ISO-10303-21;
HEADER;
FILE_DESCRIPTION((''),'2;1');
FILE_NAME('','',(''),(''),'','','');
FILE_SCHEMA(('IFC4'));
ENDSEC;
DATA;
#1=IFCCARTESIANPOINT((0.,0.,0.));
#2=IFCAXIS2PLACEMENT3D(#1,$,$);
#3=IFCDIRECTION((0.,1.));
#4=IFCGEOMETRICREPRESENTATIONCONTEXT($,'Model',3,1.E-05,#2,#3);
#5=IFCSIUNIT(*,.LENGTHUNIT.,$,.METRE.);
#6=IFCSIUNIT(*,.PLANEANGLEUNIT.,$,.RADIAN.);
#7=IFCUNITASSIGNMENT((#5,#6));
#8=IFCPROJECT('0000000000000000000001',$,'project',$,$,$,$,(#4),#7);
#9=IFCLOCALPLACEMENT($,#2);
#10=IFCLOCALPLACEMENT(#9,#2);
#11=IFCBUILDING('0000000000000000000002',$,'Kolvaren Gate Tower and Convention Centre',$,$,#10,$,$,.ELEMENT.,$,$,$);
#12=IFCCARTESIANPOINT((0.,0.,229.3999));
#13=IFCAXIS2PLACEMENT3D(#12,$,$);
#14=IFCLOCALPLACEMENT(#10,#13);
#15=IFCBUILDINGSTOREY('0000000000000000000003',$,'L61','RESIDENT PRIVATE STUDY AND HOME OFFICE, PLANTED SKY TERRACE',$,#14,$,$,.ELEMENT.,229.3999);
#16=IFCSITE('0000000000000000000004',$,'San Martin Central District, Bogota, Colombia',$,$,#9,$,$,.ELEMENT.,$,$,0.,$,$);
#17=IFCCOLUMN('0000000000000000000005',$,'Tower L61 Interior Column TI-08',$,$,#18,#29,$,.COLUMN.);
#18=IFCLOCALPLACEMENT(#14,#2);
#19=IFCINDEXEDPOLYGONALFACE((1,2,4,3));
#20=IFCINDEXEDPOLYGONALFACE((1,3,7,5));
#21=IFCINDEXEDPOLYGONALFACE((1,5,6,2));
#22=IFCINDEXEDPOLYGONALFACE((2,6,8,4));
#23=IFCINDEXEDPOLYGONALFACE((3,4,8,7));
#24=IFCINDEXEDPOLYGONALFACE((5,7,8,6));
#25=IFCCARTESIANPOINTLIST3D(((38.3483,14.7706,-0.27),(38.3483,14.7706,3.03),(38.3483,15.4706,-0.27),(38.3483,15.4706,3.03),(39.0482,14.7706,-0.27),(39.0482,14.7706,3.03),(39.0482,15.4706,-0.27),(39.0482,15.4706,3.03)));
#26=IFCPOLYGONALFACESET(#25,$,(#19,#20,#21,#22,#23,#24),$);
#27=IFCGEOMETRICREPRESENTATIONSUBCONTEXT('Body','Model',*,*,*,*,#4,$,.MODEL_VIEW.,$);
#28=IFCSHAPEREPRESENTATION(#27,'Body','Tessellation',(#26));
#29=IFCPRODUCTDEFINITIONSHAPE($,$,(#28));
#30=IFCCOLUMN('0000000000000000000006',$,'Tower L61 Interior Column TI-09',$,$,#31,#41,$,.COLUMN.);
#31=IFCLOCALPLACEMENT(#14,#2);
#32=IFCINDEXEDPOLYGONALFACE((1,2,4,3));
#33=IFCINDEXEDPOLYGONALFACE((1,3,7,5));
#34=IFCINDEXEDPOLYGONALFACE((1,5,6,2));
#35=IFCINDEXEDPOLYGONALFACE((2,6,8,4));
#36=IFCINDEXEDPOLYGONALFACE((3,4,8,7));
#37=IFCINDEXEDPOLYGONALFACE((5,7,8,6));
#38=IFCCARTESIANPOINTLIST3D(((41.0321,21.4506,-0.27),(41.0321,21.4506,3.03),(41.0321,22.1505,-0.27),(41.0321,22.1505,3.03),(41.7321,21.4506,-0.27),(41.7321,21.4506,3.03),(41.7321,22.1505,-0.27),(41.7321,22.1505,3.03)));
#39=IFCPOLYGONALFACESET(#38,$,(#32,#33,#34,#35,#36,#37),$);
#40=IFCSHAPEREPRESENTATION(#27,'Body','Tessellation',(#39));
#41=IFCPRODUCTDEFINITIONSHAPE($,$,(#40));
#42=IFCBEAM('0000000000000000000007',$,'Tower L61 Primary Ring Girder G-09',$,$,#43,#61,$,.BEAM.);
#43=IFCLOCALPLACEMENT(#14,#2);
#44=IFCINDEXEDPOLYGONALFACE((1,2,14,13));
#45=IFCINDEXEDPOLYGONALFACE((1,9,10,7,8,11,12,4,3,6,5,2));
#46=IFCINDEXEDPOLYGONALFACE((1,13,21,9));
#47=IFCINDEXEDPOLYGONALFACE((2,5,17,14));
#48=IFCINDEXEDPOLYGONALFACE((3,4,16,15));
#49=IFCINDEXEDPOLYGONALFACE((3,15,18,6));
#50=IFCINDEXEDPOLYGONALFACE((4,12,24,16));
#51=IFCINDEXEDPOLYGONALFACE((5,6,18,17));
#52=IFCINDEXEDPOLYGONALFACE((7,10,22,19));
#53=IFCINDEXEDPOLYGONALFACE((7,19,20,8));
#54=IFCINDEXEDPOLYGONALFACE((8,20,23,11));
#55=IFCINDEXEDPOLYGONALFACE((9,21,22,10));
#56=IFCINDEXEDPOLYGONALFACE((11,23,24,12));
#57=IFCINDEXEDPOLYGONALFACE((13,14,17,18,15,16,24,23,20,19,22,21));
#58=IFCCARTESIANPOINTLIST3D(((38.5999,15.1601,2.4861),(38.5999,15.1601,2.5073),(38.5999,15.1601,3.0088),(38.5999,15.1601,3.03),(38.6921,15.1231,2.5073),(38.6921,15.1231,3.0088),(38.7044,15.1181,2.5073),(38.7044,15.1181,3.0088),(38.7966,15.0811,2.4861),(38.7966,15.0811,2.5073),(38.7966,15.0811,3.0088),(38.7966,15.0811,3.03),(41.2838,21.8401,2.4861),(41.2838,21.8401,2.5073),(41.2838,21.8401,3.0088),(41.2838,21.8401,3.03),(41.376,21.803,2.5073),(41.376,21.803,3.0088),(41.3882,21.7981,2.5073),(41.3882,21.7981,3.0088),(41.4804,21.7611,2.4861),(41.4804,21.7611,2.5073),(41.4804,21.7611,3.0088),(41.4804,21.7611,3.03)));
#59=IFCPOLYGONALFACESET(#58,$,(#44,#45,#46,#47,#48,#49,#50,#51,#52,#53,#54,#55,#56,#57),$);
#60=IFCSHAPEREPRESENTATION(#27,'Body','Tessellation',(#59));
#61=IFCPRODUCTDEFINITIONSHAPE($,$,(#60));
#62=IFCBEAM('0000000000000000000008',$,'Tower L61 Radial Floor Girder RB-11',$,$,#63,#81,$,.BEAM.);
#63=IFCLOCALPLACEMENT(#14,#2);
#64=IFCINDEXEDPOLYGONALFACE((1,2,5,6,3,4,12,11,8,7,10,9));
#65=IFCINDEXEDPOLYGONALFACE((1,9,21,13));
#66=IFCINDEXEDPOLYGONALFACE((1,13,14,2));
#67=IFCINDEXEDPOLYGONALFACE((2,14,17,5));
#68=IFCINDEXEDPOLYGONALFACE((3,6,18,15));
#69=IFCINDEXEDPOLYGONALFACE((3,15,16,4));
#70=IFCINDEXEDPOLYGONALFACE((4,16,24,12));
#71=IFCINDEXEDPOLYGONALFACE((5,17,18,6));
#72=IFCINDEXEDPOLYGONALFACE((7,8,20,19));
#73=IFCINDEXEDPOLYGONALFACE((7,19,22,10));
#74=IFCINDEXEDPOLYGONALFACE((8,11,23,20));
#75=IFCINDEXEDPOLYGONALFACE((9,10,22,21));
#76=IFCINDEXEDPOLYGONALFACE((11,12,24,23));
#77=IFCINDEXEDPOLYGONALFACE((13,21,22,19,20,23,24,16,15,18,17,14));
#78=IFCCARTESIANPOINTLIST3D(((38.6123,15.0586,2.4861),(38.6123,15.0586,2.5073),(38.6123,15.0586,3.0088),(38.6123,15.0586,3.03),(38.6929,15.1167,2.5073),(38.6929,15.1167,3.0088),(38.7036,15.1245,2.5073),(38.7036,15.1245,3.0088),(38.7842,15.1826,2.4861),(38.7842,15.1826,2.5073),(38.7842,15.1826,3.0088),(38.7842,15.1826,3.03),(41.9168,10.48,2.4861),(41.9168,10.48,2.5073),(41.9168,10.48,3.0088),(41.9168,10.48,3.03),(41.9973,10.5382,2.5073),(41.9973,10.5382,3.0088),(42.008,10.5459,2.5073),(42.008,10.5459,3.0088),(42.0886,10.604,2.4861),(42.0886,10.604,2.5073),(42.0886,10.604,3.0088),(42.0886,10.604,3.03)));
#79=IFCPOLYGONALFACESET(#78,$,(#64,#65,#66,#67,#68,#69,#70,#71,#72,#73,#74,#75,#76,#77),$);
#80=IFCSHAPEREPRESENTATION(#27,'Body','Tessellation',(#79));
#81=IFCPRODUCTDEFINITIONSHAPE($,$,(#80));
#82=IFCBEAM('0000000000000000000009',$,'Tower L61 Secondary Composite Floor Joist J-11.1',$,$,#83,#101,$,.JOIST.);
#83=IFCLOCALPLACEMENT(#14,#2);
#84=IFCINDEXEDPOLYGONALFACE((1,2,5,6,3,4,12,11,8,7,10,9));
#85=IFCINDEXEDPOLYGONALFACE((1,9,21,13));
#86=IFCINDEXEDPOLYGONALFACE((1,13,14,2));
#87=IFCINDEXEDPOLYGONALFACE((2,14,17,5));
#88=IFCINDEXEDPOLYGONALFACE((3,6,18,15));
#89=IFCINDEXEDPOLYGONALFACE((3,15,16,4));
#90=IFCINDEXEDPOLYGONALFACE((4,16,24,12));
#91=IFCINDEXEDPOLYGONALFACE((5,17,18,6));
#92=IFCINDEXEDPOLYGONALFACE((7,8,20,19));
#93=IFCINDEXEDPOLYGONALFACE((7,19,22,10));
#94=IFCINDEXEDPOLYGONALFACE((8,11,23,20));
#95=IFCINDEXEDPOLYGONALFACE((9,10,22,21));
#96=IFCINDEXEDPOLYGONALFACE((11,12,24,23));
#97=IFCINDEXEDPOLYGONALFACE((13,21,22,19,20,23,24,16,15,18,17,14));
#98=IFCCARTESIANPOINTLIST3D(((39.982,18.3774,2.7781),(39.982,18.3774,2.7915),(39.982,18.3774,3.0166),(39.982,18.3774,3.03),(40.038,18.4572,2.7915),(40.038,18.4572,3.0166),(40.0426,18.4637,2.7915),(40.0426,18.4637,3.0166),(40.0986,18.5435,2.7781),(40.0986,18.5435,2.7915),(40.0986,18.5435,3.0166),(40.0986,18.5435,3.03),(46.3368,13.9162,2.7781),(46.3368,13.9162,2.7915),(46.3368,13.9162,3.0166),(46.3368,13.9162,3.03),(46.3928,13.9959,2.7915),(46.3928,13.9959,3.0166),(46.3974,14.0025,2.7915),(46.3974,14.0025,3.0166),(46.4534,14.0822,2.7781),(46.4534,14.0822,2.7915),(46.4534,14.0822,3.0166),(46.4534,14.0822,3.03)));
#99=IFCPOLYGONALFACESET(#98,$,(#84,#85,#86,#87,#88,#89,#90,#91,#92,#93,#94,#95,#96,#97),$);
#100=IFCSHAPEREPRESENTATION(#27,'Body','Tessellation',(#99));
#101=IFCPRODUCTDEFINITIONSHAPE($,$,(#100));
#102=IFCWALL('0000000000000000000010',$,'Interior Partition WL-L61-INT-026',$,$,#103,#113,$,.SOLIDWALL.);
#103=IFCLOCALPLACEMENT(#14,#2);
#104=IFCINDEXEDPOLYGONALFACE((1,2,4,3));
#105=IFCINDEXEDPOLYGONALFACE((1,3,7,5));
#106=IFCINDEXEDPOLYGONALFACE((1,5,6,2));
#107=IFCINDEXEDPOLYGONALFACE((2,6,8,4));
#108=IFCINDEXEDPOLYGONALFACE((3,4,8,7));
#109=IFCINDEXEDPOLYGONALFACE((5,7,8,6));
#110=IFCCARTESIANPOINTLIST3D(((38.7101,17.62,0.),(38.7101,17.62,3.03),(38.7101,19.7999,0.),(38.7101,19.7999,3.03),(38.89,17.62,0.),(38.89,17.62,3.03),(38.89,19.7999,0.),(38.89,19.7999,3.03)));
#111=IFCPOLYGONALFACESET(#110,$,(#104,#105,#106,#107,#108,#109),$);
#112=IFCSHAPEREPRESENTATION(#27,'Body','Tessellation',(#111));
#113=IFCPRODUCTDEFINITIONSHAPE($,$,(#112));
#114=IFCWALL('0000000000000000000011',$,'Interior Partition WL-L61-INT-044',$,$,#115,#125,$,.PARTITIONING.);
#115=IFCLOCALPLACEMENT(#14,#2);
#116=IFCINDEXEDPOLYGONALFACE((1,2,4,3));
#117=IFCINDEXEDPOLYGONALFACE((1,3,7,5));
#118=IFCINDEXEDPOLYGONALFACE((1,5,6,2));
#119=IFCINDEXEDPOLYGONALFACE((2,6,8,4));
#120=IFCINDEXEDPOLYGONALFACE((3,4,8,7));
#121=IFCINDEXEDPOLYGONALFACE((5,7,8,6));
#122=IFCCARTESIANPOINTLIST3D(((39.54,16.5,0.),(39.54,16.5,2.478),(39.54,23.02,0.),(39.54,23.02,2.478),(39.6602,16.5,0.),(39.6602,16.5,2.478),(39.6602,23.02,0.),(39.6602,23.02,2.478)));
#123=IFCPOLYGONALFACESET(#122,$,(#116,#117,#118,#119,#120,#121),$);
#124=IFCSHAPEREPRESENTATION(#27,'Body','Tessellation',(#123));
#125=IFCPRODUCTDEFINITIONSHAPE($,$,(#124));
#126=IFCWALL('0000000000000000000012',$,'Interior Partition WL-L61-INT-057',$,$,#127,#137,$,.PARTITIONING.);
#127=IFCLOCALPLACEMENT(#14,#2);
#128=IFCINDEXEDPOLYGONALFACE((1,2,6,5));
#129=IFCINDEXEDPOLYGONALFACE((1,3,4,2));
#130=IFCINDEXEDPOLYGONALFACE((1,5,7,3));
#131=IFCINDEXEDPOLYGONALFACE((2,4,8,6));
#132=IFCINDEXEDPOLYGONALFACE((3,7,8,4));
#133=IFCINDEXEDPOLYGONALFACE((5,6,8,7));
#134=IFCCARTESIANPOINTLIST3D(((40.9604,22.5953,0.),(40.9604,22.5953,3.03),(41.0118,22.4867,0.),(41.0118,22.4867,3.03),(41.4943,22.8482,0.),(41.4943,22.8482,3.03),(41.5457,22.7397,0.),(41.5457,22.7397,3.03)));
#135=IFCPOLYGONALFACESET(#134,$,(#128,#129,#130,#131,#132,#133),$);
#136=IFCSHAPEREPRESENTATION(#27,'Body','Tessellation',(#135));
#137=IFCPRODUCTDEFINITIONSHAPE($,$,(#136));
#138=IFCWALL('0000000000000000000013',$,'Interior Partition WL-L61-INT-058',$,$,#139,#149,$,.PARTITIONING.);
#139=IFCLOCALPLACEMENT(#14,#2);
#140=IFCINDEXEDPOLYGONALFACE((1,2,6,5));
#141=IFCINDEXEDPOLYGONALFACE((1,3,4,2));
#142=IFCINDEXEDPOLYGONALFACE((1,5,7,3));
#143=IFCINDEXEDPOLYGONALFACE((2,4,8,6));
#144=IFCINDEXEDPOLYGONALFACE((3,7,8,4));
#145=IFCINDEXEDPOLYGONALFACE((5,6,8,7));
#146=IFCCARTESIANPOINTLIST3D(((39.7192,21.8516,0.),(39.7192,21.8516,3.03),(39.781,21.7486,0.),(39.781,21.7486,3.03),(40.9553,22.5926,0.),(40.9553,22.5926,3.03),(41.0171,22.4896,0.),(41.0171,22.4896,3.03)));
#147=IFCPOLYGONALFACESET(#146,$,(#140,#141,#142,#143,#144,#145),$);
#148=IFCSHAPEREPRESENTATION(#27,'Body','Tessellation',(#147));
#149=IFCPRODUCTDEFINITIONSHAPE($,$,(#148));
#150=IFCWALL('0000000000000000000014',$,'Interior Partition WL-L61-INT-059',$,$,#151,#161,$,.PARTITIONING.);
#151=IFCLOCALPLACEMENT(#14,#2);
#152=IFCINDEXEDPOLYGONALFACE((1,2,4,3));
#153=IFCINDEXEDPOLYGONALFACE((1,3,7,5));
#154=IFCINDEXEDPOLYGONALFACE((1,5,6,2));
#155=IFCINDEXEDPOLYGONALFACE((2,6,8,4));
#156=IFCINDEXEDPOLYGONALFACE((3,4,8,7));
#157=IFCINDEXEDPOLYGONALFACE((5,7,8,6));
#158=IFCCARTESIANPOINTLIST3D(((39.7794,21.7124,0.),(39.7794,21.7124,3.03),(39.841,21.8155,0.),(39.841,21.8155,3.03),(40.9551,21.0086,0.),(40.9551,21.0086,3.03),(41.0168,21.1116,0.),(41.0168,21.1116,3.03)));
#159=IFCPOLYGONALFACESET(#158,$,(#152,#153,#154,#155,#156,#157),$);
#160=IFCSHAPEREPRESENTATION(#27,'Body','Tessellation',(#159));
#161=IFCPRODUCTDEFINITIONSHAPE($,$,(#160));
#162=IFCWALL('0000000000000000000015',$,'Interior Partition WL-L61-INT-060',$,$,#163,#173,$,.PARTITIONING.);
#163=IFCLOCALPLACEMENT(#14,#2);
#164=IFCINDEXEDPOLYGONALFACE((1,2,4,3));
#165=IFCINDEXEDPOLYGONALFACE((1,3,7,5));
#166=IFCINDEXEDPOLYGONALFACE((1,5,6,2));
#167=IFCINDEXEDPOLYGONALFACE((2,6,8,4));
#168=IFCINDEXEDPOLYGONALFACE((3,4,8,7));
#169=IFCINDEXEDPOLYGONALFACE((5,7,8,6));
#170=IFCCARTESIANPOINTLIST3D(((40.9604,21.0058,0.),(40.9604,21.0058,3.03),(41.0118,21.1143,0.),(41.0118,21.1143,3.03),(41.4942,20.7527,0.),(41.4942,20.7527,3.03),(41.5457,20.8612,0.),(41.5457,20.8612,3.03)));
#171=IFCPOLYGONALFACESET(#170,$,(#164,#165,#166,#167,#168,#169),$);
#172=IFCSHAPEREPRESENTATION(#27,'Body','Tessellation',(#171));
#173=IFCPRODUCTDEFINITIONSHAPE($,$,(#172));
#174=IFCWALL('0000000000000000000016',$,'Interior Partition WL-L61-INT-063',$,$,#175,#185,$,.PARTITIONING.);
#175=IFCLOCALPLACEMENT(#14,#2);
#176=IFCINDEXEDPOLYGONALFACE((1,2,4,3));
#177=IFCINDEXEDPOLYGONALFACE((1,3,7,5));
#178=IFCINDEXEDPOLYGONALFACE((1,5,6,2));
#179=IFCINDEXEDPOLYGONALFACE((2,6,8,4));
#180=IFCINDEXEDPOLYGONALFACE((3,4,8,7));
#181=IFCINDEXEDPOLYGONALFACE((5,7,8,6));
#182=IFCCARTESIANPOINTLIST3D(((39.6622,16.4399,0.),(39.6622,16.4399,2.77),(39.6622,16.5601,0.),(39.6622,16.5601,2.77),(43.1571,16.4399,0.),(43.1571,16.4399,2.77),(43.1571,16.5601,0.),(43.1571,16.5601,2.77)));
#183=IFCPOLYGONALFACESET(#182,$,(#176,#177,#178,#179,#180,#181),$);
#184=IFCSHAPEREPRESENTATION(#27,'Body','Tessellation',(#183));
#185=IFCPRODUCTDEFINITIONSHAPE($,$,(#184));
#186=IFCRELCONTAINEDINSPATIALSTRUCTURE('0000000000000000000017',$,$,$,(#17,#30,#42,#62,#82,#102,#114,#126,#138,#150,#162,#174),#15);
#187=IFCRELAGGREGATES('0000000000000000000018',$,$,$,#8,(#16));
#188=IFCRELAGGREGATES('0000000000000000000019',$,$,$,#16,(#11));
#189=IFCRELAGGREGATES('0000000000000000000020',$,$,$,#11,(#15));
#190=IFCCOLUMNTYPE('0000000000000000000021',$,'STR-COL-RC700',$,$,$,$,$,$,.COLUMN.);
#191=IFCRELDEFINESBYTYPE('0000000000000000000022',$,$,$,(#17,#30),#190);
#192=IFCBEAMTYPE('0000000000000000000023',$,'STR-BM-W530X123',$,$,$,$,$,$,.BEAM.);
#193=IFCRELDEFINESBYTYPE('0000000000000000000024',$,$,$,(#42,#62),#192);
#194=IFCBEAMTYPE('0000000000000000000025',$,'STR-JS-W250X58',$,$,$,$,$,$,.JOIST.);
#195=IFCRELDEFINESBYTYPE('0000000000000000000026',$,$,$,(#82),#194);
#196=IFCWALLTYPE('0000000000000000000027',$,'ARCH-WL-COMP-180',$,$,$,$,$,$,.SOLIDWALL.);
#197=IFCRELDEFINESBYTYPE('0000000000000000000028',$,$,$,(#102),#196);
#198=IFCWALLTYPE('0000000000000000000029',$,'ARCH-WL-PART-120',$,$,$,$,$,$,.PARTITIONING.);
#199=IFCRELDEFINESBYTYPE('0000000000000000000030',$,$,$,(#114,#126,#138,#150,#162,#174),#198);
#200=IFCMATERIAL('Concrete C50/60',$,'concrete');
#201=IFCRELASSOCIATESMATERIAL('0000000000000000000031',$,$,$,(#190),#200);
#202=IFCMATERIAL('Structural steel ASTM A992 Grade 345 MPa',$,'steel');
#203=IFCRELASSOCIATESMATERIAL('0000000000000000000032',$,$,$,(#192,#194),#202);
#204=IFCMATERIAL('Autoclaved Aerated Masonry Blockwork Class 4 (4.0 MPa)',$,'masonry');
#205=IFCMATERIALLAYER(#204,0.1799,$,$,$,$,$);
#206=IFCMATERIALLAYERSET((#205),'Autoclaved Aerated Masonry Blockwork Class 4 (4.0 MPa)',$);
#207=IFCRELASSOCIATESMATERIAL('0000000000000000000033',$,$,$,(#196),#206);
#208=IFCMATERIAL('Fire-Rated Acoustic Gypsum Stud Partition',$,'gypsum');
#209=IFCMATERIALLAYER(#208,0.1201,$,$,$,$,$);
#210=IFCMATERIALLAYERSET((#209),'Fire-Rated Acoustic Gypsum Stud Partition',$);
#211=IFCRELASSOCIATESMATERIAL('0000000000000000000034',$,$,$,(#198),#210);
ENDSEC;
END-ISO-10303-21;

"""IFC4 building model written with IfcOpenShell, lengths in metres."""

from ifc_helpers import new_model, si_unit, direction, frame, frame_2d, origin, origin_2d, place, context, subcontext, project, spatial, rectangle, i_section, extrude, material, layer, layer_set, material_profile, profile_set, type_object, element, save


model = new_model("IFC4")

# Units and contexts
model_context = context("Model", 3, precision=1e-05, world=origin(), true_north=direction((0.0, 1.0)))
body_context = subcontext(model_context, "Body", "Model", "MODEL_VIEW")
ifc_project = project(units=[si_unit("LENGTHUNIT", "METRE"), si_unit("PLANEANGLEUNIT", "RADIAN")], contexts=[model_context])

# Site, building, storey
site_placement = place(None, origin())
site = spatial("IfcSite", under=ifc_project, at=site_placement, Name="San Martin Central District, Bogota, Colombia", CompositionType="ELEMENT", RefElevation=0.0)
building_placement = place(site_placement, origin())
building = spatial("IfcBuilding", under=site, at=building_placement, Name="Kolvaren Gate Tower and Convention Centre", CompositionType="ELEMENT")
storey_placement = place(building_placement, frame((0.0, 0.0, 229.3999)))
storey = spatial("IfcBuildingStorey", under=building, at=storey_placement, Name="L61", Description="RESIDENT PRIVATE STUDY AND HOME OFFICE, PLANTED SKY TERRACE", CompositionType="ELEMENT", Elevation=229.3999)

# Columns
ifc_material_1 = material(Name="Concrete C50/60", Category="concrete")
ifc_material_profile_1 = material_profile(ifc_material_1, rectangle(XDim=0.7, YDim=0.7, at=origin_2d()), Name="RC-COL-700X700")
ifc_profile_set_1 = profile_set([ifc_material_profile_1], Name="Concrete C50/60")
column_type = type_object("IfcColumnType", Name="STR-COL-RC700", PredefinedType="COLUMN", material=ifc_profile_set_1)
for number, where, z_axis, x_axis, name in (
    (1, (38.6982, 15.1206, -0.27), (0.0, 0.0, 1.0), (1.0, 0.0, 0.0), "Tower L61 Interior Column TI-08"),
    (2, (41.3821, 21.8005, -0.27), (0.0, 0.0, 1.0), (1.0, 0.0, 0.0), "Tower L61 Interior Column TI-09"),
):
    element("IfcColumn", number, at=place(storey_placement, frame(where, z_axis=z_axis, x_axis=x_axis)), inside=storey, type_object=column_type, Name=name, PredefinedType="COLUMN", context=body_context, shape_type="SweptSolid", body=[
        extrude(rectangle(XDim=0.7, YDim=0.7, at=origin_2d()), origin(), (0.0, 0.0, 1.0), 3.3),
    ])

# Beams
ifc_material_2 = material(Name="Structural steel ASTM A992 Grade 345 MPa", Category="steel")
ifc_material_profile_2 = material_profile(ifc_material_2, i_section(OverallWidth=0.2119, OverallDepth=0.5439, WebThickness=0.0132, FlangeThickness=0.0212, at=origin_2d()), Name="W530X123")
ifc_profile_set_2 = profile_set([ifc_material_profile_2], Name="Structural steel ASTM A992 Grade 345 MPa")
beam_type_1 = type_object("IfcBeamType", Name="STR-BM-W530X123", PredefinedType="BEAM", material=ifc_profile_set_2)
beam_1_placement = place(storey_placement, frame((38.6982, 15.1206, 2.7581), z_axis=(0.372811, 0.927907, 0.0), x_axis=(-0.927907, 0.372811, 0.0)))
element("IfcBeam", 3, at=beam_1_placement, inside=storey, type_object=beam_type_1, Name="Tower L61 Primary Ring Girder G-09", PredefinedType="BEAM", context=body_context, shape_type="SweptSolid", body=[
    extrude(i_section(OverallWidth=0.2119, OverallDepth=0.5439, WebThickness=0.0132, FlangeThickness=0.0212, at=origin_2d()), origin(), (0.0, 0.0, 1.0), 7.199),
])
beam_2_placement = place(storey_placement, frame((38.6982, 15.1206, 2.7581), z_axis=(0.585219, -0.810875, 0.0), x_axis=(0.810875, 0.585219, 0.0)))
element("IfcBeam", 4, at=beam_2_placement, inside=storey, type_object=beam_type_1, Name="Tower L61 Radial Floor Girder RB-11", PredefinedType="BEAM", context=body_context, shape_type="SweptSolid", body=[
    extrude(i_section(OverallWidth=0.2119, OverallDepth=0.5439, WebThickness=0.0132, FlangeThickness=0.0212, at=origin_2d()), origin(), (0.0, 0.0, 1.0), 5.6465),
])
ifc_material_profile_3 = material_profile(ifc_material_2, i_section(OverallWidth=0.2029, OverallDepth=0.252, WebThickness=0.0081, FlangeThickness=0.0134, at=origin_2d()), Name="W250X58")
ifc_profile_set_3 = profile_set([ifc_material_profile_3], Name="Structural steel ASTM A992 Grade 345 MPa")
beam_type_2 = type_object("IfcBeamType", Name="STR-JS-W250X58", PredefinedType="JOIST", material=ifc_profile_set_3)
beam_3_placement = place(storey_placement, frame((40.0403, 18.4604, 2.9041), z_axis=(0.818453, -0.574574, 0.0), x_axis=(0.574574, 0.818453, 0.0)))
element("IfcBeam", 5, at=beam_3_placement, inside=storey, type_object=beam_type_2, Name="Tower L61 Secondary Composite Floor Joist J-11.1", PredefinedType="JOIST", context=body_context, shape_type="SweptSolid", body=[
    extrude(i_section(OverallWidth=0.2029, OverallDepth=0.252, WebThickness=0.0081, FlangeThickness=0.0134, at=origin_2d()), origin(), (0.0, 0.0, 1.0), 7.7644),
])

# Walls
ifc_material_3 = material(Name="Autoclaved Aerated Masonry Blockwork Class 4 (4.0 MPa)", Category="masonry")
ifc_layer_1 = layer(ifc_material_3, 0.1799)
ifc_layer_set_1 = layer_set([ifc_layer_1], Name="Autoclaved Aerated Masonry Blockwork Class 4 (4.0 MPa)")
wall_type_1 = type_object("IfcWallType", Name="ARCH-WL-COMP-180", PredefinedType="SOLIDWALL", material=ifc_layer_set_1)
wall_1_placement = place(storey_placement, frame((38.8, 17.6201, 0.0), z_axis=(0.0, 0.0, 1.0), x_axis=(0.0, 1.0, 0.0)))
element("IfcWall", 6, at=wall_1_placement, inside=storey, type_object=wall_type_1, Name="Interior Partition WL-L61-INT-026", PredefinedType="SOLIDWALL", context=body_context, shape_type="SweptSolid", body=[
    extrude(rectangle(XDim=2.1799, YDim=0.1799, at=frame_2d((1.0898, 0.0))), origin(), (0.0, 0.0, 1.0), 3.03),
])
ifc_material_4 = material(Name="Fire-Rated Acoustic Gypsum Stud Partition", Category="gypsum")
ifc_layer_2 = layer(ifc_material_4, 0.1201)
ifc_layer_set_2 = layer_set([ifc_layer_2], Name="Fire-Rated Acoustic Gypsum Stud Partition")
wall_type_2 = type_object("IfcWallType", Name="ARCH-WL-PART-120", PredefinedType="PARTITIONING", material=ifc_layer_set_2)
wall_2_placement = place(storey_placement, frame((39.6001, 16.5, 0.0), z_axis=(0.0, 0.0, 1.0), x_axis=(0.0, 1.0, 0.0)))
element("IfcWall", 7, at=wall_2_placement, inside=storey, type_object=wall_type_2, Name="Interior Partition WL-L61-INT-044", PredefinedType="PARTITIONING", context=body_context, shape_type="SweptSolid", body=[
    extrude(rectangle(XDim=6.52, YDim=0.1201, at=frame_2d((3.26, 0.0))), origin(), (0.0, 0.0, 1.0), 2.478),
])
wall_3_placement = place(storey_placement, frame((40.9861, 22.541, 0.0), z_axis=(0.0, 0.0, 1.0), x_axis=(0.903729, 0.428104, 0.0)))
element("IfcWall", 8, at=wall_3_placement, inside=storey, type_object=wall_type_2, Name="Interior Partition WL-L61-INT-057", PredefinedType="PARTITIONING", context=body_context, shape_type="SweptSolid", body=[
    extrude(rectangle(XDim=0.5908, YDim=0.1201, at=frame_2d((0.2954, 0.0))), origin(), (0.0, 0.0, 1.0), 3.03),
])
wall_4_placement = place(storey_placement, frame((39.75, 21.8, 0.0), z_axis=(0.0, 0.0, 1.0), x_axis=(0.857702, 0.514147, 0.0)))
element("IfcWall", 9, at=wall_4_placement, inside=storey, type_object=wall_type_2, Name="Interior Partition WL-L61-INT-058", PredefinedType="PARTITIONING", context=body_context, shape_type="SweptSolid", body=[
    extrude(rectangle(XDim=1.4412, YDim=0.1201, at=frame_2d((0.7207, 0.0))), origin(), (0.0, 0.0, 1.0), 3.03),
])
wall_5_placement = place(storey_placement, frame((39.8103, 21.7639, 0.0), z_axis=(0.0, 0.0, 1.0), x_axis=(0.858011, -0.513631, 0.0)))
element("IfcWall", 10, at=wall_5_placement, inside=storey, type_object=wall_type_2, Name="Interior Partition WL-L61-INT-059", PredefinedType="PARTITIONING", context=body_context, shape_type="SweptSolid", body=[
    extrude(rectangle(XDim=1.3704, YDim=0.1201, at=frame_2d((0.6851, 0.0))), origin(), (0.0, 0.0, 1.0), 3.03),
])
wall_6_placement = place(storey_placement, frame((40.9861, 21.0601, 0.0), z_axis=(0.0, 0.0, 1.0), x_axis=(0.90357, -0.428442, 0.0)))
element("IfcWall", 11, at=wall_6_placement, inside=storey, type_object=wall_type_2, Name="Interior Partition WL-L61-INT-060", PredefinedType="PARTITIONING", context=body_context, shape_type="SweptSolid", body=[
    extrude(rectangle(XDim=0.5908, YDim=0.1201, at=frame_2d((0.2954, 0.0))), origin(), (0.0, 0.0, 1.0), 3.03),
])
wall_7_placement = place(storey_placement, frame((39.6621, 16.5, 0.0), z_axis=(0.0, 0.0, 1.0), x_axis=(1.0, 0.0, 0.0)))
element("IfcWall", 12, at=wall_7_placement, inside=storey, type_object=wall_type_2, Name="Interior Partition WL-L61-INT-063", PredefinedType="PARTITIONING", context=body_context, shape_type="SweptSolid", body=[
    extrude(rectangle(XDim=3.4949, YDim=0.1201, at=frame_2d((1.7476, 0.0))), origin(), (0.0, 0.0, 1.0), 2.77),
])

save(model, "model.ifc")
